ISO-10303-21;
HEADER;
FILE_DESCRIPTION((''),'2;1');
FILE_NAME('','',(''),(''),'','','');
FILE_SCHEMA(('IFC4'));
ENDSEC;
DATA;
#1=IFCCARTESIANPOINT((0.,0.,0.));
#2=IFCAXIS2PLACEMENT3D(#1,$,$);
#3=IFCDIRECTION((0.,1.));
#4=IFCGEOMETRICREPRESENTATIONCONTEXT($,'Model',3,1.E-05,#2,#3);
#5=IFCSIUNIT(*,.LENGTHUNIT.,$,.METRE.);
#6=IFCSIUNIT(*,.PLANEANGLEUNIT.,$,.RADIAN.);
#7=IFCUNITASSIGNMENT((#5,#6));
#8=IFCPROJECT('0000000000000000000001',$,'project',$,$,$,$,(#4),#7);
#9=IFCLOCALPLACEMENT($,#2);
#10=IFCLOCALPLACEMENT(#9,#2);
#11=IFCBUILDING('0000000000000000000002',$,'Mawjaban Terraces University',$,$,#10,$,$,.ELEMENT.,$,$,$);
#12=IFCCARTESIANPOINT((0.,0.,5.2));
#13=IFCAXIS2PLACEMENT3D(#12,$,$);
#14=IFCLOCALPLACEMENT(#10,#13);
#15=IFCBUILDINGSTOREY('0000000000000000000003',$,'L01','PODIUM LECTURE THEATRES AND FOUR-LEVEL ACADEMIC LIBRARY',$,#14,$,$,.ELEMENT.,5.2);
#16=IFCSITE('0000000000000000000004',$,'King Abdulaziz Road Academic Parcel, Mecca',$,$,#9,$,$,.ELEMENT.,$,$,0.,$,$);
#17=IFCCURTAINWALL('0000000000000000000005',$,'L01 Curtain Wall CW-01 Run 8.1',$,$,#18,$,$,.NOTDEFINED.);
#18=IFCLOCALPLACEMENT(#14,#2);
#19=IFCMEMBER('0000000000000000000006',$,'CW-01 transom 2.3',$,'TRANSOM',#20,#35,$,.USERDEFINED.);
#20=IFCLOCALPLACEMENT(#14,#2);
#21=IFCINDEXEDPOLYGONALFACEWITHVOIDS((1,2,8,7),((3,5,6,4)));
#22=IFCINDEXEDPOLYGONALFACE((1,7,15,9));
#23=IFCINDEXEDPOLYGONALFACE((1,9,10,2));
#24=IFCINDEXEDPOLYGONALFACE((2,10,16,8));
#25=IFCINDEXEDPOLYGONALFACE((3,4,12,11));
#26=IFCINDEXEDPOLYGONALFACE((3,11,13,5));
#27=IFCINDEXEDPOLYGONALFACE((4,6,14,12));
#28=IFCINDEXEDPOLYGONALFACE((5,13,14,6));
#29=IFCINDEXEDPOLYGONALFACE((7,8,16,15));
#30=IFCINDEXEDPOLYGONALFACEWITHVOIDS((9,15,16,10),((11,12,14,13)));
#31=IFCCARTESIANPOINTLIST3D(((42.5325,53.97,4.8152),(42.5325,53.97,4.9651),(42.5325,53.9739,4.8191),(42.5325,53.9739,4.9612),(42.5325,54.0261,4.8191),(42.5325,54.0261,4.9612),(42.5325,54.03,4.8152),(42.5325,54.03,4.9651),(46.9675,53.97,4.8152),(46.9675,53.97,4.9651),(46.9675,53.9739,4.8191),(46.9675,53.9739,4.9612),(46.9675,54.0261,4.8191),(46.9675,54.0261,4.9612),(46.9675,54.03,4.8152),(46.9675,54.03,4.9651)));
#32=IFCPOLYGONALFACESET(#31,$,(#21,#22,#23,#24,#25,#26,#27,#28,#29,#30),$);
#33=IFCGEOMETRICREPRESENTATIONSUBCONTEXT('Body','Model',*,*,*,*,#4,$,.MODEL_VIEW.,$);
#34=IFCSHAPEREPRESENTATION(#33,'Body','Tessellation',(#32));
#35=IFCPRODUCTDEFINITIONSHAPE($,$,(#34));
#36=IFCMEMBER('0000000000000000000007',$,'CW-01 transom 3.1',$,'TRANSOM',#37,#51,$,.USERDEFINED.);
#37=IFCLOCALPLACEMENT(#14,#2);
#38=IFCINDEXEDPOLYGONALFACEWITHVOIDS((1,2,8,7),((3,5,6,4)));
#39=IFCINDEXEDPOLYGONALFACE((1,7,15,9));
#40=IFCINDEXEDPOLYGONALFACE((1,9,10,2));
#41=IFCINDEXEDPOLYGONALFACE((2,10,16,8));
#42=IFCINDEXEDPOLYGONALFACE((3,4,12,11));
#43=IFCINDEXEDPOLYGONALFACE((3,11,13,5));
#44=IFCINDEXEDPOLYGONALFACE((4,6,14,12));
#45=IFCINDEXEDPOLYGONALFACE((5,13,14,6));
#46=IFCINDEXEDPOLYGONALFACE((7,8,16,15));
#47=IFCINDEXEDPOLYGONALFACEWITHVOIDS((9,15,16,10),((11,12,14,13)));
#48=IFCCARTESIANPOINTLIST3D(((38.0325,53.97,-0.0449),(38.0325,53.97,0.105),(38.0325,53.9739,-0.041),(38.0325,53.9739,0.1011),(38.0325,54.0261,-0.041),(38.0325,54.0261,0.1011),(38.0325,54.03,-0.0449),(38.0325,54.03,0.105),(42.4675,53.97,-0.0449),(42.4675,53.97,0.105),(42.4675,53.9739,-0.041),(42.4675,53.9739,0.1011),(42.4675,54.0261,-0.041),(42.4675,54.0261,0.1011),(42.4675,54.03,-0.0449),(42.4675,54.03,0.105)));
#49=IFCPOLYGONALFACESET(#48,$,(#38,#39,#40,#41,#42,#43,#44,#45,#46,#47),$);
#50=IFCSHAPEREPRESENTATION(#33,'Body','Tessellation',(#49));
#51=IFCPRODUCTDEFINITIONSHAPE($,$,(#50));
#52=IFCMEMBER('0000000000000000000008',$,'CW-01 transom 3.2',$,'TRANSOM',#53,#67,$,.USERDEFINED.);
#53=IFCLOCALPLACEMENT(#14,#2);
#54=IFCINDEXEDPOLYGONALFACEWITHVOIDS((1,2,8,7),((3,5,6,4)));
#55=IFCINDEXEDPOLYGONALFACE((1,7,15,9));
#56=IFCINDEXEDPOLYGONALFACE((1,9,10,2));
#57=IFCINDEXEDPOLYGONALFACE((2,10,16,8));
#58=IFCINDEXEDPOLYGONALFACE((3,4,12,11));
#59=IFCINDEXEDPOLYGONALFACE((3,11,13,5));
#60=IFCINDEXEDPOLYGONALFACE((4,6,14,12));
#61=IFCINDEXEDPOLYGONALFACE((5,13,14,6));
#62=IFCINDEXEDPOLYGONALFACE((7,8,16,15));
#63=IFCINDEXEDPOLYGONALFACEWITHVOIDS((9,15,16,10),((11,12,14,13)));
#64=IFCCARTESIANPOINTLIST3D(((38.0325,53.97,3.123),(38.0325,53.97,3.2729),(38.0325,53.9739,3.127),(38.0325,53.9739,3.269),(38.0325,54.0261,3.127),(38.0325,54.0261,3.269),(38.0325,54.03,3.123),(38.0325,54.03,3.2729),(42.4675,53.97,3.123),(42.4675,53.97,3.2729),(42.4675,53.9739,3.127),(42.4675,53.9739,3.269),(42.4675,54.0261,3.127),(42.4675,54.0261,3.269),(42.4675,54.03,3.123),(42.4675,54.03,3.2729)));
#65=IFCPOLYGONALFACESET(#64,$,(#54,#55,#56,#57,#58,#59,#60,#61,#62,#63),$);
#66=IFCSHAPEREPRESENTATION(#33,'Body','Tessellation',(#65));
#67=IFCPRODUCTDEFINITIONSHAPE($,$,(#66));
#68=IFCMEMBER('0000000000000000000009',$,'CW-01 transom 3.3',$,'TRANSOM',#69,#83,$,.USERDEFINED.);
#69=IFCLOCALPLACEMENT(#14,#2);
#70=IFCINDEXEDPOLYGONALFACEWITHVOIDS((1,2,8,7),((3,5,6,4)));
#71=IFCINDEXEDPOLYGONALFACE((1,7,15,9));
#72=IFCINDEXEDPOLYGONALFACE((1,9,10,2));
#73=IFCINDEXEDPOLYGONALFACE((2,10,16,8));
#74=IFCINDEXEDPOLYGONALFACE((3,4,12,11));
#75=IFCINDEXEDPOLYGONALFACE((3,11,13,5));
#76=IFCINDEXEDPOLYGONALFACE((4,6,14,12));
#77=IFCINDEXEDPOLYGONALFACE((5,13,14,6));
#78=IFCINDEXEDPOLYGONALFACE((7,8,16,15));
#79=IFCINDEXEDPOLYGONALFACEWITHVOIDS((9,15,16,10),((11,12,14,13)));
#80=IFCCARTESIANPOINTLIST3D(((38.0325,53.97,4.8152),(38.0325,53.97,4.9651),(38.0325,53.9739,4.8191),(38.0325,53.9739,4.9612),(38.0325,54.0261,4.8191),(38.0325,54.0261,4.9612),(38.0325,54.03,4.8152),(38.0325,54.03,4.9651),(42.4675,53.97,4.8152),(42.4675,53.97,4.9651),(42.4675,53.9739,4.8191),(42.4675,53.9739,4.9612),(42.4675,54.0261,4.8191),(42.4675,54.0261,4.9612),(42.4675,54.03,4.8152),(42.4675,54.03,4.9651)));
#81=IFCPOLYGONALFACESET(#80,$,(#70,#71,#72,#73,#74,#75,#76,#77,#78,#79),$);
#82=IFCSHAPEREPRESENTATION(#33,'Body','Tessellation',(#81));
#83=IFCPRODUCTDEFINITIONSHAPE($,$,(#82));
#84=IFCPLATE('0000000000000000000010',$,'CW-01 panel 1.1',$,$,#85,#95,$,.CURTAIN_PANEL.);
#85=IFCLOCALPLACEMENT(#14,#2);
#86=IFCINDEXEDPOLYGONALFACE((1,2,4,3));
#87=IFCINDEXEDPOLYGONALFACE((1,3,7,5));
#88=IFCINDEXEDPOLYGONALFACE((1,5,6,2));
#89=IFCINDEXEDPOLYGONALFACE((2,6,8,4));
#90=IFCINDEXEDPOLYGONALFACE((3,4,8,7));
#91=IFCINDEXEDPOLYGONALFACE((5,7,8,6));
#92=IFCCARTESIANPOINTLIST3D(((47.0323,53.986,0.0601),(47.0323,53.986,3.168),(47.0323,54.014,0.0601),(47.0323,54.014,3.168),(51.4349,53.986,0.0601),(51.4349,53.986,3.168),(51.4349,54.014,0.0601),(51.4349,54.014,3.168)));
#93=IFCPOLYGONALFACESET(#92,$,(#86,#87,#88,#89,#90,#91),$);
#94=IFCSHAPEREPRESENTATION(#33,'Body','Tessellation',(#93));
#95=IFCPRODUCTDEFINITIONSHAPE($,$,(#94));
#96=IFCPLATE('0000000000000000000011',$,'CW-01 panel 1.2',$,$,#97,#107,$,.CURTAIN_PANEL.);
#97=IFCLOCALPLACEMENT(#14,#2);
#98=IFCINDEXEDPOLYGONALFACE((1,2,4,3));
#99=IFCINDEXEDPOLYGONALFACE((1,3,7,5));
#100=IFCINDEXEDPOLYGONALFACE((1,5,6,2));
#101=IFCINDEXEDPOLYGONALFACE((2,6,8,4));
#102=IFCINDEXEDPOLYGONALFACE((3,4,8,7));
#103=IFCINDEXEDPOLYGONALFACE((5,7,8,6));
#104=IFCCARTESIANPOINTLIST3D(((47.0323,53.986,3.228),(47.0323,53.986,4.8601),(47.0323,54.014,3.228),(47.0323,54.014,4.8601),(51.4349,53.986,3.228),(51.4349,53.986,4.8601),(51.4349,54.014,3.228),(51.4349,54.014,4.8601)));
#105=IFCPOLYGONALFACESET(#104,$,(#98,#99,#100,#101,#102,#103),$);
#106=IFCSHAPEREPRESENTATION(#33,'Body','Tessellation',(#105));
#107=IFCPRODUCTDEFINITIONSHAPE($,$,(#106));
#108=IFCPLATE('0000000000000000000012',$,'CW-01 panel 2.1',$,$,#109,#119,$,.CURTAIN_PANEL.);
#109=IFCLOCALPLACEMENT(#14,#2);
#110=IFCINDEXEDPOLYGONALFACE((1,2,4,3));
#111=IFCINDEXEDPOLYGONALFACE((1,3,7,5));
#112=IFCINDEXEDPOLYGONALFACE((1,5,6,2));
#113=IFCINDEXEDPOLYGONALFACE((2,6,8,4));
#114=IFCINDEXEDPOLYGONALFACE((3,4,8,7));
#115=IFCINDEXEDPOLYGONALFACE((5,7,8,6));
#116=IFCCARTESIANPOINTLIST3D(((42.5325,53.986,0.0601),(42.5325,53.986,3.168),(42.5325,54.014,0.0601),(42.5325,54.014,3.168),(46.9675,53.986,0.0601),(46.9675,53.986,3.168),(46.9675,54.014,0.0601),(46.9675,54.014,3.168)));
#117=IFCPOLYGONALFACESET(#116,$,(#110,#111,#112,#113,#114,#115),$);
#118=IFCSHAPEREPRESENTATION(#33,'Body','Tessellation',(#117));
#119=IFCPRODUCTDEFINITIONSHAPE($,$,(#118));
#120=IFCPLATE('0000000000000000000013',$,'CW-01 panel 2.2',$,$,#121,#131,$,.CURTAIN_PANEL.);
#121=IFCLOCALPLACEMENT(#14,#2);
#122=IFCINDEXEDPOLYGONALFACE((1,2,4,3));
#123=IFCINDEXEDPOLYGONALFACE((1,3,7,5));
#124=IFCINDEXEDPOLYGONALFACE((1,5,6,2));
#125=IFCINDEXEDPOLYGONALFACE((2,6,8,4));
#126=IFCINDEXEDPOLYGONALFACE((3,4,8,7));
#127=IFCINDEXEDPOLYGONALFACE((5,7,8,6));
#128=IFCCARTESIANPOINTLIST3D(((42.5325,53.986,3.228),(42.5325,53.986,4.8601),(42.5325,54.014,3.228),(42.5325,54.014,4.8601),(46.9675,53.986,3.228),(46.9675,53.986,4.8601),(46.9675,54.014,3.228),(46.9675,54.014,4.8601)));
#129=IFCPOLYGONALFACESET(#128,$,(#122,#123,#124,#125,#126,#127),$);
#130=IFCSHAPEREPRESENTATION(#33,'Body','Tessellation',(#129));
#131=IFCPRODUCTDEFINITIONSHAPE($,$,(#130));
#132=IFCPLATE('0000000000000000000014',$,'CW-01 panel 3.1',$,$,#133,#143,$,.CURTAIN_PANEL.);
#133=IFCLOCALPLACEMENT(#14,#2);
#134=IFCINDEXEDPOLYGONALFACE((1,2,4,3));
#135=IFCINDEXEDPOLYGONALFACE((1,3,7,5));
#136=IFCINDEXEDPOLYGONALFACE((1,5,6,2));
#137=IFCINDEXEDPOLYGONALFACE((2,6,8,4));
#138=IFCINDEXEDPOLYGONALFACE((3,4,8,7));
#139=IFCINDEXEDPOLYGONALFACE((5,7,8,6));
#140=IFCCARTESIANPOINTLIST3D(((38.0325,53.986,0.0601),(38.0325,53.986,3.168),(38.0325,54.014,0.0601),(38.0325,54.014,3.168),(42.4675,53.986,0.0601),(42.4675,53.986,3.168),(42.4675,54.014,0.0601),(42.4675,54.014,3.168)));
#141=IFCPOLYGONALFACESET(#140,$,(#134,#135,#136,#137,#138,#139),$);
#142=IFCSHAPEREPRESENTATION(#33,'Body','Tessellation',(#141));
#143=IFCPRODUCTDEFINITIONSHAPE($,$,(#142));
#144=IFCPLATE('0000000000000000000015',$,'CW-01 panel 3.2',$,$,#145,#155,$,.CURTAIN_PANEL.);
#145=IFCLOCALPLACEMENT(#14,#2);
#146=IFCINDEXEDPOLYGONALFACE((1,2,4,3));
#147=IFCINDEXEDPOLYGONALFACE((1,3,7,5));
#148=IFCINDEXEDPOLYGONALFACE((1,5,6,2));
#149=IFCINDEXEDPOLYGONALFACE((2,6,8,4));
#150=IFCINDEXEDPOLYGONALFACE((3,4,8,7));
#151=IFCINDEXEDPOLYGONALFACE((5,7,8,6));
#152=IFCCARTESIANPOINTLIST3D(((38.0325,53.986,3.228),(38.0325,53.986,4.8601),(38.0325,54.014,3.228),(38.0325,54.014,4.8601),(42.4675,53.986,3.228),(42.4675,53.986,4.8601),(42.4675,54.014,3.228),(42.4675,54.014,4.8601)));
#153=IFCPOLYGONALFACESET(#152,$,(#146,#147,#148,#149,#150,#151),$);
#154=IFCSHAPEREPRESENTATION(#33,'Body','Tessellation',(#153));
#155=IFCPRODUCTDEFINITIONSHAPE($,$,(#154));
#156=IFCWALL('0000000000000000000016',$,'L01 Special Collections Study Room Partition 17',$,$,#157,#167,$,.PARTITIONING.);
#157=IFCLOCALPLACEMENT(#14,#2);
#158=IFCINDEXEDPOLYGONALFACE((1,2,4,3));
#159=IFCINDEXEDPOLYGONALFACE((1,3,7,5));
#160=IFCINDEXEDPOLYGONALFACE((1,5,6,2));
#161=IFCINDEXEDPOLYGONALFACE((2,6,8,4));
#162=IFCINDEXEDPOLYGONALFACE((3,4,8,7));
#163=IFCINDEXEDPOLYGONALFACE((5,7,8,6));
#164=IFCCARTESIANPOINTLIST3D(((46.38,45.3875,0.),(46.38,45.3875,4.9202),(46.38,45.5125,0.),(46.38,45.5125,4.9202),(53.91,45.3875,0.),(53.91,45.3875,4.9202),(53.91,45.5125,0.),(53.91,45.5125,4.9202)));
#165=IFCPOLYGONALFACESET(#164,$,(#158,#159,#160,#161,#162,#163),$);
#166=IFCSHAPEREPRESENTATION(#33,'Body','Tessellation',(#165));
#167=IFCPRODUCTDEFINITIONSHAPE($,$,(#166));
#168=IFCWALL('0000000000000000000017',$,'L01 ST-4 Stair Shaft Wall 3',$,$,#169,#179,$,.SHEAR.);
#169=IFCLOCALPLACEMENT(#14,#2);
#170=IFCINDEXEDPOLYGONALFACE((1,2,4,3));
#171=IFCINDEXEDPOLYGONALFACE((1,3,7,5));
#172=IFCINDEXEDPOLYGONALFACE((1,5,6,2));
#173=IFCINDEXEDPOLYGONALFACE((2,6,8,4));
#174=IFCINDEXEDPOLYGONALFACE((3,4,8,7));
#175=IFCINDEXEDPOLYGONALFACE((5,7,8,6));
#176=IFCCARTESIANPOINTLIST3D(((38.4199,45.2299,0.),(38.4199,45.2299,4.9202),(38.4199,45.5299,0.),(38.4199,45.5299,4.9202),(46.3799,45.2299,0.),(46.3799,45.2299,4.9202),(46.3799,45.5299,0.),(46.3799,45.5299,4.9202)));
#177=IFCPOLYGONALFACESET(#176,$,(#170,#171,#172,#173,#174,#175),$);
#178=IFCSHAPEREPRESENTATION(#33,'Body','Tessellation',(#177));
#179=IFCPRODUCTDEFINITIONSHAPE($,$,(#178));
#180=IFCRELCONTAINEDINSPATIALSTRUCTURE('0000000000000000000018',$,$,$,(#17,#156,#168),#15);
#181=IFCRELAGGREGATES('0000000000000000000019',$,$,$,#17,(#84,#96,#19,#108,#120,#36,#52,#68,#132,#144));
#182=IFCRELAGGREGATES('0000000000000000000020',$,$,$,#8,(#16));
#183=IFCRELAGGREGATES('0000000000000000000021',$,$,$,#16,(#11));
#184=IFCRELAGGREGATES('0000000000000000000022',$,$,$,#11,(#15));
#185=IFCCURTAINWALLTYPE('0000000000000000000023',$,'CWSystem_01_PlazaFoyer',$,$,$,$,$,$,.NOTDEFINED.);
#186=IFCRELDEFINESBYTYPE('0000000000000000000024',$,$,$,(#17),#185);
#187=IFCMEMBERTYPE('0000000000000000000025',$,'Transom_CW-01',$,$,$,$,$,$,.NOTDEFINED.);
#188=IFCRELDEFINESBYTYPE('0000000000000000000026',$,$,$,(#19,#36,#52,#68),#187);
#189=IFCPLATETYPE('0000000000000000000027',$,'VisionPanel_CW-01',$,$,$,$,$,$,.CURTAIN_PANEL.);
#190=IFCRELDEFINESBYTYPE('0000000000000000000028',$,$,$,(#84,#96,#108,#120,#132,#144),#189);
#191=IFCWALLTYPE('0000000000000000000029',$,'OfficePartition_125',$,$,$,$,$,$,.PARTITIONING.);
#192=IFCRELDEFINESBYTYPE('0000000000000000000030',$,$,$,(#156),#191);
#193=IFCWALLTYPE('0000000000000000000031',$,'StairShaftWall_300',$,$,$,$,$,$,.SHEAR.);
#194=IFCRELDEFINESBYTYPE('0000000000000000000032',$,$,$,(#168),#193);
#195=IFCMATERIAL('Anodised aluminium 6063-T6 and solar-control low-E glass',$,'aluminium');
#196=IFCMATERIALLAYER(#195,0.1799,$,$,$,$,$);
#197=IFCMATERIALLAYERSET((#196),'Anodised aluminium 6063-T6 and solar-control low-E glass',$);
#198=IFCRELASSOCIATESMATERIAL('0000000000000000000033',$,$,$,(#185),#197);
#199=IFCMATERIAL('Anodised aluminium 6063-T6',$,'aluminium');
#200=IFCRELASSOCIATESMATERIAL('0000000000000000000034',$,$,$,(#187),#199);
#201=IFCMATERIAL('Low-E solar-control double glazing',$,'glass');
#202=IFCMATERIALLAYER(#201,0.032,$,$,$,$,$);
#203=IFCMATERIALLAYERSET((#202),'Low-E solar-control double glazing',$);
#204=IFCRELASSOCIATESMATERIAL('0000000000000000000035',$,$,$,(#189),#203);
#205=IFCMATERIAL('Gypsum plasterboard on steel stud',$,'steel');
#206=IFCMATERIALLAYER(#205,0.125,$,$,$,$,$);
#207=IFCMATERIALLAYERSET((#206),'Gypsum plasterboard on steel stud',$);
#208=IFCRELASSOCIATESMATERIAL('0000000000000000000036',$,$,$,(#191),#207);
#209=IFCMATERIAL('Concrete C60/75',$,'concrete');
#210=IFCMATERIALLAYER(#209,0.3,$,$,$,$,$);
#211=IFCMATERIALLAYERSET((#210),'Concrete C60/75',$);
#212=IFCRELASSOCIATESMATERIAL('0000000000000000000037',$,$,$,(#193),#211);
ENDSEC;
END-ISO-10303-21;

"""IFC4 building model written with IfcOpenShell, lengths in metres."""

from ifc_helpers import new_model, si_unit, direction, frame, frame_2d, origin, origin_2d, place, context, subcontext, project, spatial, rectangle, hollow_rectangle, extrude, material, layer, layer_set, material_profile, profile_set, type_object, element, aggregate, save


model = new_model("IFC4")

# Units and contexts
model_context = context("Model", 3, precision=1e-05, world=origin(), true_north=direction((0.0, 1.0)))
body_context = subcontext(model_context, "Body", "Model", "MODEL_VIEW")
ifc_project = project(units=[si_unit("LENGTHUNIT", "METRE"), si_unit("PLANEANGLEUNIT", "RADIAN")], contexts=[model_context])

# Site, building, storey
site_placement = place(None, origin())
site = spatial("IfcSite", under=ifc_project, at=site_placement, Name="King Abdulaziz Road Academic Parcel, Mecca", CompositionType="ELEMENT", RefElevation=0.0)
building_placement = place(site_placement, origin())
building = spatial("IfcBuilding", under=site, at=building_placement, Name="Mawjaban Terraces University", CompositionType="ELEMENT")
storey_placement = place(building_placement, frame((0.0, 0.0, 5.2)))
storey = spatial("IfcBuildingStorey", under=building, at=storey_placement, Name="L01", Description="PODIUM LECTURE THEATRES AND FOUR-LEVEL ACADEMIC LIBRARY", CompositionType="ELEMENT", Elevation=5.2)

# Curtain wall, members, plates
ifc_material_1 = material(Name="Anodised aluminium 6063-T6 and solar-control low-E glass", Category="aluminium")
ifc_layer_1 = layer(ifc_material_1, 0.1799)
ifc_layer_set_1 = layer_set([ifc_layer_1], Name="Anodised aluminium 6063-T6 and solar-control low-E glass")
curtain_wall_type = type_object("IfcCurtainWallType", Name="CWSystem_01_PlazaFoyer", PredefinedType="NOTDEFINED", material=ifc_layer_set_1)
curtain_wall_placement = place(storey_placement, origin())
curtain_wall = element("IfcCurtainWall", 1, at=curtain_wall_placement, inside=storey, type_object=curtain_wall_type, Name="L01 Curtain Wall CW-01 Run 8.1", PredefinedType="NOTDEFINED")
ifc_material_2 = material(Name="Anodised aluminium 6063-T6", Category="aluminium")
ifc_material_profile_1 = material_profile(ifc_material_2, hollow_rectangle(XDim=0.0601, YDim=0.1499, WallThickness=0.0039, at=origin_2d()), Name="ALU150X60X4")
ifc_profile_set_1 = profile_set([ifc_material_profile_1], Name="Anodised aluminium 6063-T6")
member_type_1 = type_object("IfcMemberType", Name="Transom_CW-01", PredefinedType="NOTDEFINED", material=ifc_profile_set_1)
member_1_placement = place(storey_placement, frame((46.9675, 54.0, 4.8901), z_axis=(-1.0, 0.0, 0.0), x_axis=(0.0, -1.0, 0.0)))
member_1 = element("IfcMember", 2, at=member_1_placement, type_object=member_type_1, Name="CW-01 transom 2.3", ObjectType="TRANSOM", PredefinedType="USERDEFINED", context=body_context, shape_type="SweptSolid", body=[
    extrude(hollow_rectangle(XDim=0.0601, YDim=0.1499, WallThickness=0.0039, at=origin_2d()), origin(), (0.0, 0.0, 1.0), 4.4351),
])
member_2_placement = place(storey_placement, frame((42.4675, 54.0, 0.03), z_axis=(-1.0, 0.0, 0.0), x_axis=(0.0, -1.0, 0.0)))
member_2 = element("IfcMember", 3, at=member_2_placement, type_object=member_type_1, Name="CW-01 transom 3.1", ObjectType="TRANSOM", PredefinedType="USERDEFINED", context=body_context, shape_type="SweptSolid", body=[
    extrude(hollow_rectangle(XDim=0.0601, YDim=0.1499, WallThickness=0.0039, at=origin_2d()), origin(), (0.0, 0.0, 1.0), 4.4351),
])
member_3_placement = place(storey_placement, frame((42.4675, 54.0, 3.198), z_axis=(-1.0, 0.0, 0.0), x_axis=(0.0, -1.0, 0.0)))
member_3 = element("IfcMember", 4, at=member_3_placement, type_object=member_type_1, Name="CW-01 transom 3.2", ObjectType="TRANSOM", PredefinedType="USERDEFINED", context=body_context, shape_type="SweptSolid", body=[
    extrude(hollow_rectangle(XDim=0.0601, YDim=0.1499, WallThickness=0.0039, at=origin_2d()), origin(), (0.0, 0.0, 1.0), 4.4351),
])
member_4_placement = place(storey_placement, frame((42.4675, 54.0, 4.8901), z_axis=(-1.0, 0.0, 0.0), x_axis=(0.0, -1.0, 0.0)))
member_4 = element("IfcMember", 5, at=member_4_placement, type_object=member_type_1, Name="CW-01 transom 3.3", ObjectType="TRANSOM", PredefinedType="USERDEFINED", context=body_context, shape_type="SweptSolid", body=[
    extrude(hollow_rectangle(XDim=0.0601, YDim=0.1499, WallThickness=0.0039, at=origin_2d()), origin(), (0.0, 0.0, 1.0), 4.4351),
])
ifc_material_3 = material(Name="Low-E solar-control double glazing", Category="glass")
ifc_layer_2 = layer(ifc_material_3, 0.032)
ifc_layer_set_2 = layer_set([ifc_layer_2], Name="Low-E solar-control double glazing")
plate_type = type_object("IfcPlateType", Name="VisionPanel_CW-01", PredefinedType="CURTAIN_PANEL", material=ifc_layer_set_2)
plate_1_placement = place(storey_placement, frame((49.2336, 54.0, 0.0601), z_axis=(0.0, 0.0, 1.0), x_axis=(-1.0, 0.0, 0.0)))
plate_1 = element("IfcPlate", 6, at=plate_1_placement, type_object=plate_type, Name="CW-01 panel 1.1", PredefinedType="CURTAIN_PANEL", context=body_context, shape_type="SweptSolid", body=[
    extrude(rectangle(XDim=4.4026, YDim=0.0281, at=origin_2d()), origin(), (0.0, 0.0, 1.0), 3.1079),
])
plate_2_placement = place(storey_placement, frame((49.2336, 54.0, 3.228), z_axis=(0.0, 0.0, 1.0), x_axis=(-1.0, 0.0, 0.0)))
plate_2 = element("IfcPlate", 7, at=plate_2_placement, type_object=plate_type, Name="CW-01 panel 1.2", PredefinedType="CURTAIN_PANEL", context=body_context, shape_type="SweptSolid", body=[
    extrude(rectangle(XDim=4.4026, YDim=0.0281, at=origin_2d()), origin(), (0.0, 0.0, 1.0), 1.6321),
])
plate_3_placement = place(storey_placement, frame((44.75, 54.0, 0.0601), z_axis=(0.0, 0.0, 1.0), x_axis=(-1.0, 0.0, 0.0)))
plate_3 = element("IfcPlate", 8, at=plate_3_placement, type_object=plate_type, Name="CW-01 panel 2.1", PredefinedType="CURTAIN_PANEL", context=body_context, shape_type="SweptSolid", body=[
    extrude(rectangle(XDim=4.4351, YDim=0.0281, at=origin_2d()), origin(), (0.0, 0.0, 1.0), 3.1079),
])
plate_4_placement = place(storey_placement, frame((44.75, 54.0, 3.228), z_axis=(0.0, 0.0, 1.0), x_axis=(-1.0, 0.0, 0.0)))
plate_4 = element("IfcPlate", 9, at=plate_4_placement, type_object=plate_type, Name="CW-01 panel 2.2", PredefinedType="CURTAIN_PANEL", context=body_context, shape_type="SweptSolid", body=[
    extrude(rectangle(XDim=4.4351, YDim=0.0281, at=origin_2d()), origin(), (0.0, 0.0, 1.0), 1.6321),
])
plate_5_placement = place(storey_placement, frame((40.25, 54.0, 0.0601), z_axis=(0.0, 0.0, 1.0), x_axis=(-1.0, 0.0, 0.0)))
plate_5 = element("IfcPlate", 10, at=plate_5_placement, type_object=plate_type, Name="CW-01 panel 3.1", PredefinedType="CURTAIN_PANEL", context=body_context, shape_type="SweptSolid", body=[
    extrude(rectangle(XDim=4.4351, YDim=0.0281, at=origin_2d()), origin(), (0.0, 0.0, 1.0), 3.1079),
])
plate_6_placement = place(storey_placement, frame((40.25, 54.0, 3.228), z_axis=(0.0, 0.0, 1.0), x_axis=(-1.0, 0.0, 0.0)))
plate_6 = element("IfcPlate", 11, at=plate_6_placement, type_object=plate_type, Name="CW-01 panel 3.2", PredefinedType="CURTAIN_PANEL", context=body_context, shape_type="SweptSolid", body=[
    extrude(rectangle(XDim=4.4351, YDim=0.0281, at=origin_2d()), origin(), (0.0, 0.0, 1.0), 1.6321),
])
aggregate(curtain_wall, [plate_1, plate_2, member_1, plate_3, plate_4, member_2, member_3, member_4, plate_5, plate_6])

# Walls
ifc_material_4 = material(Name="Gypsum plasterboard on steel stud", Category="steel")
ifc_layer_3 = layer(ifc_material_4, 0.125)
ifc_layer_set_3 = layer_set([ifc_layer_3], Name="Gypsum plasterboard on steel stud")
wall_type_1 = type_object("IfcWallType", Name="OfficePartition_125", PredefinedType="PARTITIONING", material=ifc_layer_set_3)
wall_1_placement = place(storey_placement, frame((46.3799, 45.45, 0.0), z_axis=(0.0, 0.0, 1.0), x_axis=(1.0, 0.0, 0.0)))
element("IfcWall", 12, at=wall_1_placement, inside=storey, type_object=wall_type_1, Name="L01 Special Collections Study Room Partition 17", PredefinedType="PARTITIONING", context=body_context, shape_type="SweptSolid", body=[
    extrude(rectangle(XDim=7.53, YDim=0.125, at=frame_2d((3.7651, 0.0))), origin(), (0.0, 0.0, 1.0), 4.9202),
])
ifc_material_5 = material(Name="Concrete C60/75", Category="concrete")
ifc_layer_4 = layer(ifc_material_5, 0.3)
ifc_layer_set_4 = layer_set([ifc_layer_4], Name="Concrete C60/75")
wall_type_2 = type_object("IfcWallType", Name="StairShaftWall_300", PredefinedType="SHEAR", material=ifc_layer_set_4)
wall_2_placement = place(storey_placement, frame((46.3799, 45.3799, 0.0), z_axis=(0.0, 0.0, 1.0), x_axis=(-1.0, 0.0, 0.0)))
element("IfcWall", 13, at=wall_2_placement, inside=storey, type_object=wall_type_2, Name="L01 ST-4 Stair Shaft Wall 3", PredefinedType="SHEAR", context=body_context, shape_type="SweptSolid", body=[
    extrude(rectangle(XDim=7.96, YDim=0.3, at=frame_2d((3.98, 0.0))), origin(), (0.0, 0.0, 1.0), 4.9202),
])

save(model, "model.ifc")
